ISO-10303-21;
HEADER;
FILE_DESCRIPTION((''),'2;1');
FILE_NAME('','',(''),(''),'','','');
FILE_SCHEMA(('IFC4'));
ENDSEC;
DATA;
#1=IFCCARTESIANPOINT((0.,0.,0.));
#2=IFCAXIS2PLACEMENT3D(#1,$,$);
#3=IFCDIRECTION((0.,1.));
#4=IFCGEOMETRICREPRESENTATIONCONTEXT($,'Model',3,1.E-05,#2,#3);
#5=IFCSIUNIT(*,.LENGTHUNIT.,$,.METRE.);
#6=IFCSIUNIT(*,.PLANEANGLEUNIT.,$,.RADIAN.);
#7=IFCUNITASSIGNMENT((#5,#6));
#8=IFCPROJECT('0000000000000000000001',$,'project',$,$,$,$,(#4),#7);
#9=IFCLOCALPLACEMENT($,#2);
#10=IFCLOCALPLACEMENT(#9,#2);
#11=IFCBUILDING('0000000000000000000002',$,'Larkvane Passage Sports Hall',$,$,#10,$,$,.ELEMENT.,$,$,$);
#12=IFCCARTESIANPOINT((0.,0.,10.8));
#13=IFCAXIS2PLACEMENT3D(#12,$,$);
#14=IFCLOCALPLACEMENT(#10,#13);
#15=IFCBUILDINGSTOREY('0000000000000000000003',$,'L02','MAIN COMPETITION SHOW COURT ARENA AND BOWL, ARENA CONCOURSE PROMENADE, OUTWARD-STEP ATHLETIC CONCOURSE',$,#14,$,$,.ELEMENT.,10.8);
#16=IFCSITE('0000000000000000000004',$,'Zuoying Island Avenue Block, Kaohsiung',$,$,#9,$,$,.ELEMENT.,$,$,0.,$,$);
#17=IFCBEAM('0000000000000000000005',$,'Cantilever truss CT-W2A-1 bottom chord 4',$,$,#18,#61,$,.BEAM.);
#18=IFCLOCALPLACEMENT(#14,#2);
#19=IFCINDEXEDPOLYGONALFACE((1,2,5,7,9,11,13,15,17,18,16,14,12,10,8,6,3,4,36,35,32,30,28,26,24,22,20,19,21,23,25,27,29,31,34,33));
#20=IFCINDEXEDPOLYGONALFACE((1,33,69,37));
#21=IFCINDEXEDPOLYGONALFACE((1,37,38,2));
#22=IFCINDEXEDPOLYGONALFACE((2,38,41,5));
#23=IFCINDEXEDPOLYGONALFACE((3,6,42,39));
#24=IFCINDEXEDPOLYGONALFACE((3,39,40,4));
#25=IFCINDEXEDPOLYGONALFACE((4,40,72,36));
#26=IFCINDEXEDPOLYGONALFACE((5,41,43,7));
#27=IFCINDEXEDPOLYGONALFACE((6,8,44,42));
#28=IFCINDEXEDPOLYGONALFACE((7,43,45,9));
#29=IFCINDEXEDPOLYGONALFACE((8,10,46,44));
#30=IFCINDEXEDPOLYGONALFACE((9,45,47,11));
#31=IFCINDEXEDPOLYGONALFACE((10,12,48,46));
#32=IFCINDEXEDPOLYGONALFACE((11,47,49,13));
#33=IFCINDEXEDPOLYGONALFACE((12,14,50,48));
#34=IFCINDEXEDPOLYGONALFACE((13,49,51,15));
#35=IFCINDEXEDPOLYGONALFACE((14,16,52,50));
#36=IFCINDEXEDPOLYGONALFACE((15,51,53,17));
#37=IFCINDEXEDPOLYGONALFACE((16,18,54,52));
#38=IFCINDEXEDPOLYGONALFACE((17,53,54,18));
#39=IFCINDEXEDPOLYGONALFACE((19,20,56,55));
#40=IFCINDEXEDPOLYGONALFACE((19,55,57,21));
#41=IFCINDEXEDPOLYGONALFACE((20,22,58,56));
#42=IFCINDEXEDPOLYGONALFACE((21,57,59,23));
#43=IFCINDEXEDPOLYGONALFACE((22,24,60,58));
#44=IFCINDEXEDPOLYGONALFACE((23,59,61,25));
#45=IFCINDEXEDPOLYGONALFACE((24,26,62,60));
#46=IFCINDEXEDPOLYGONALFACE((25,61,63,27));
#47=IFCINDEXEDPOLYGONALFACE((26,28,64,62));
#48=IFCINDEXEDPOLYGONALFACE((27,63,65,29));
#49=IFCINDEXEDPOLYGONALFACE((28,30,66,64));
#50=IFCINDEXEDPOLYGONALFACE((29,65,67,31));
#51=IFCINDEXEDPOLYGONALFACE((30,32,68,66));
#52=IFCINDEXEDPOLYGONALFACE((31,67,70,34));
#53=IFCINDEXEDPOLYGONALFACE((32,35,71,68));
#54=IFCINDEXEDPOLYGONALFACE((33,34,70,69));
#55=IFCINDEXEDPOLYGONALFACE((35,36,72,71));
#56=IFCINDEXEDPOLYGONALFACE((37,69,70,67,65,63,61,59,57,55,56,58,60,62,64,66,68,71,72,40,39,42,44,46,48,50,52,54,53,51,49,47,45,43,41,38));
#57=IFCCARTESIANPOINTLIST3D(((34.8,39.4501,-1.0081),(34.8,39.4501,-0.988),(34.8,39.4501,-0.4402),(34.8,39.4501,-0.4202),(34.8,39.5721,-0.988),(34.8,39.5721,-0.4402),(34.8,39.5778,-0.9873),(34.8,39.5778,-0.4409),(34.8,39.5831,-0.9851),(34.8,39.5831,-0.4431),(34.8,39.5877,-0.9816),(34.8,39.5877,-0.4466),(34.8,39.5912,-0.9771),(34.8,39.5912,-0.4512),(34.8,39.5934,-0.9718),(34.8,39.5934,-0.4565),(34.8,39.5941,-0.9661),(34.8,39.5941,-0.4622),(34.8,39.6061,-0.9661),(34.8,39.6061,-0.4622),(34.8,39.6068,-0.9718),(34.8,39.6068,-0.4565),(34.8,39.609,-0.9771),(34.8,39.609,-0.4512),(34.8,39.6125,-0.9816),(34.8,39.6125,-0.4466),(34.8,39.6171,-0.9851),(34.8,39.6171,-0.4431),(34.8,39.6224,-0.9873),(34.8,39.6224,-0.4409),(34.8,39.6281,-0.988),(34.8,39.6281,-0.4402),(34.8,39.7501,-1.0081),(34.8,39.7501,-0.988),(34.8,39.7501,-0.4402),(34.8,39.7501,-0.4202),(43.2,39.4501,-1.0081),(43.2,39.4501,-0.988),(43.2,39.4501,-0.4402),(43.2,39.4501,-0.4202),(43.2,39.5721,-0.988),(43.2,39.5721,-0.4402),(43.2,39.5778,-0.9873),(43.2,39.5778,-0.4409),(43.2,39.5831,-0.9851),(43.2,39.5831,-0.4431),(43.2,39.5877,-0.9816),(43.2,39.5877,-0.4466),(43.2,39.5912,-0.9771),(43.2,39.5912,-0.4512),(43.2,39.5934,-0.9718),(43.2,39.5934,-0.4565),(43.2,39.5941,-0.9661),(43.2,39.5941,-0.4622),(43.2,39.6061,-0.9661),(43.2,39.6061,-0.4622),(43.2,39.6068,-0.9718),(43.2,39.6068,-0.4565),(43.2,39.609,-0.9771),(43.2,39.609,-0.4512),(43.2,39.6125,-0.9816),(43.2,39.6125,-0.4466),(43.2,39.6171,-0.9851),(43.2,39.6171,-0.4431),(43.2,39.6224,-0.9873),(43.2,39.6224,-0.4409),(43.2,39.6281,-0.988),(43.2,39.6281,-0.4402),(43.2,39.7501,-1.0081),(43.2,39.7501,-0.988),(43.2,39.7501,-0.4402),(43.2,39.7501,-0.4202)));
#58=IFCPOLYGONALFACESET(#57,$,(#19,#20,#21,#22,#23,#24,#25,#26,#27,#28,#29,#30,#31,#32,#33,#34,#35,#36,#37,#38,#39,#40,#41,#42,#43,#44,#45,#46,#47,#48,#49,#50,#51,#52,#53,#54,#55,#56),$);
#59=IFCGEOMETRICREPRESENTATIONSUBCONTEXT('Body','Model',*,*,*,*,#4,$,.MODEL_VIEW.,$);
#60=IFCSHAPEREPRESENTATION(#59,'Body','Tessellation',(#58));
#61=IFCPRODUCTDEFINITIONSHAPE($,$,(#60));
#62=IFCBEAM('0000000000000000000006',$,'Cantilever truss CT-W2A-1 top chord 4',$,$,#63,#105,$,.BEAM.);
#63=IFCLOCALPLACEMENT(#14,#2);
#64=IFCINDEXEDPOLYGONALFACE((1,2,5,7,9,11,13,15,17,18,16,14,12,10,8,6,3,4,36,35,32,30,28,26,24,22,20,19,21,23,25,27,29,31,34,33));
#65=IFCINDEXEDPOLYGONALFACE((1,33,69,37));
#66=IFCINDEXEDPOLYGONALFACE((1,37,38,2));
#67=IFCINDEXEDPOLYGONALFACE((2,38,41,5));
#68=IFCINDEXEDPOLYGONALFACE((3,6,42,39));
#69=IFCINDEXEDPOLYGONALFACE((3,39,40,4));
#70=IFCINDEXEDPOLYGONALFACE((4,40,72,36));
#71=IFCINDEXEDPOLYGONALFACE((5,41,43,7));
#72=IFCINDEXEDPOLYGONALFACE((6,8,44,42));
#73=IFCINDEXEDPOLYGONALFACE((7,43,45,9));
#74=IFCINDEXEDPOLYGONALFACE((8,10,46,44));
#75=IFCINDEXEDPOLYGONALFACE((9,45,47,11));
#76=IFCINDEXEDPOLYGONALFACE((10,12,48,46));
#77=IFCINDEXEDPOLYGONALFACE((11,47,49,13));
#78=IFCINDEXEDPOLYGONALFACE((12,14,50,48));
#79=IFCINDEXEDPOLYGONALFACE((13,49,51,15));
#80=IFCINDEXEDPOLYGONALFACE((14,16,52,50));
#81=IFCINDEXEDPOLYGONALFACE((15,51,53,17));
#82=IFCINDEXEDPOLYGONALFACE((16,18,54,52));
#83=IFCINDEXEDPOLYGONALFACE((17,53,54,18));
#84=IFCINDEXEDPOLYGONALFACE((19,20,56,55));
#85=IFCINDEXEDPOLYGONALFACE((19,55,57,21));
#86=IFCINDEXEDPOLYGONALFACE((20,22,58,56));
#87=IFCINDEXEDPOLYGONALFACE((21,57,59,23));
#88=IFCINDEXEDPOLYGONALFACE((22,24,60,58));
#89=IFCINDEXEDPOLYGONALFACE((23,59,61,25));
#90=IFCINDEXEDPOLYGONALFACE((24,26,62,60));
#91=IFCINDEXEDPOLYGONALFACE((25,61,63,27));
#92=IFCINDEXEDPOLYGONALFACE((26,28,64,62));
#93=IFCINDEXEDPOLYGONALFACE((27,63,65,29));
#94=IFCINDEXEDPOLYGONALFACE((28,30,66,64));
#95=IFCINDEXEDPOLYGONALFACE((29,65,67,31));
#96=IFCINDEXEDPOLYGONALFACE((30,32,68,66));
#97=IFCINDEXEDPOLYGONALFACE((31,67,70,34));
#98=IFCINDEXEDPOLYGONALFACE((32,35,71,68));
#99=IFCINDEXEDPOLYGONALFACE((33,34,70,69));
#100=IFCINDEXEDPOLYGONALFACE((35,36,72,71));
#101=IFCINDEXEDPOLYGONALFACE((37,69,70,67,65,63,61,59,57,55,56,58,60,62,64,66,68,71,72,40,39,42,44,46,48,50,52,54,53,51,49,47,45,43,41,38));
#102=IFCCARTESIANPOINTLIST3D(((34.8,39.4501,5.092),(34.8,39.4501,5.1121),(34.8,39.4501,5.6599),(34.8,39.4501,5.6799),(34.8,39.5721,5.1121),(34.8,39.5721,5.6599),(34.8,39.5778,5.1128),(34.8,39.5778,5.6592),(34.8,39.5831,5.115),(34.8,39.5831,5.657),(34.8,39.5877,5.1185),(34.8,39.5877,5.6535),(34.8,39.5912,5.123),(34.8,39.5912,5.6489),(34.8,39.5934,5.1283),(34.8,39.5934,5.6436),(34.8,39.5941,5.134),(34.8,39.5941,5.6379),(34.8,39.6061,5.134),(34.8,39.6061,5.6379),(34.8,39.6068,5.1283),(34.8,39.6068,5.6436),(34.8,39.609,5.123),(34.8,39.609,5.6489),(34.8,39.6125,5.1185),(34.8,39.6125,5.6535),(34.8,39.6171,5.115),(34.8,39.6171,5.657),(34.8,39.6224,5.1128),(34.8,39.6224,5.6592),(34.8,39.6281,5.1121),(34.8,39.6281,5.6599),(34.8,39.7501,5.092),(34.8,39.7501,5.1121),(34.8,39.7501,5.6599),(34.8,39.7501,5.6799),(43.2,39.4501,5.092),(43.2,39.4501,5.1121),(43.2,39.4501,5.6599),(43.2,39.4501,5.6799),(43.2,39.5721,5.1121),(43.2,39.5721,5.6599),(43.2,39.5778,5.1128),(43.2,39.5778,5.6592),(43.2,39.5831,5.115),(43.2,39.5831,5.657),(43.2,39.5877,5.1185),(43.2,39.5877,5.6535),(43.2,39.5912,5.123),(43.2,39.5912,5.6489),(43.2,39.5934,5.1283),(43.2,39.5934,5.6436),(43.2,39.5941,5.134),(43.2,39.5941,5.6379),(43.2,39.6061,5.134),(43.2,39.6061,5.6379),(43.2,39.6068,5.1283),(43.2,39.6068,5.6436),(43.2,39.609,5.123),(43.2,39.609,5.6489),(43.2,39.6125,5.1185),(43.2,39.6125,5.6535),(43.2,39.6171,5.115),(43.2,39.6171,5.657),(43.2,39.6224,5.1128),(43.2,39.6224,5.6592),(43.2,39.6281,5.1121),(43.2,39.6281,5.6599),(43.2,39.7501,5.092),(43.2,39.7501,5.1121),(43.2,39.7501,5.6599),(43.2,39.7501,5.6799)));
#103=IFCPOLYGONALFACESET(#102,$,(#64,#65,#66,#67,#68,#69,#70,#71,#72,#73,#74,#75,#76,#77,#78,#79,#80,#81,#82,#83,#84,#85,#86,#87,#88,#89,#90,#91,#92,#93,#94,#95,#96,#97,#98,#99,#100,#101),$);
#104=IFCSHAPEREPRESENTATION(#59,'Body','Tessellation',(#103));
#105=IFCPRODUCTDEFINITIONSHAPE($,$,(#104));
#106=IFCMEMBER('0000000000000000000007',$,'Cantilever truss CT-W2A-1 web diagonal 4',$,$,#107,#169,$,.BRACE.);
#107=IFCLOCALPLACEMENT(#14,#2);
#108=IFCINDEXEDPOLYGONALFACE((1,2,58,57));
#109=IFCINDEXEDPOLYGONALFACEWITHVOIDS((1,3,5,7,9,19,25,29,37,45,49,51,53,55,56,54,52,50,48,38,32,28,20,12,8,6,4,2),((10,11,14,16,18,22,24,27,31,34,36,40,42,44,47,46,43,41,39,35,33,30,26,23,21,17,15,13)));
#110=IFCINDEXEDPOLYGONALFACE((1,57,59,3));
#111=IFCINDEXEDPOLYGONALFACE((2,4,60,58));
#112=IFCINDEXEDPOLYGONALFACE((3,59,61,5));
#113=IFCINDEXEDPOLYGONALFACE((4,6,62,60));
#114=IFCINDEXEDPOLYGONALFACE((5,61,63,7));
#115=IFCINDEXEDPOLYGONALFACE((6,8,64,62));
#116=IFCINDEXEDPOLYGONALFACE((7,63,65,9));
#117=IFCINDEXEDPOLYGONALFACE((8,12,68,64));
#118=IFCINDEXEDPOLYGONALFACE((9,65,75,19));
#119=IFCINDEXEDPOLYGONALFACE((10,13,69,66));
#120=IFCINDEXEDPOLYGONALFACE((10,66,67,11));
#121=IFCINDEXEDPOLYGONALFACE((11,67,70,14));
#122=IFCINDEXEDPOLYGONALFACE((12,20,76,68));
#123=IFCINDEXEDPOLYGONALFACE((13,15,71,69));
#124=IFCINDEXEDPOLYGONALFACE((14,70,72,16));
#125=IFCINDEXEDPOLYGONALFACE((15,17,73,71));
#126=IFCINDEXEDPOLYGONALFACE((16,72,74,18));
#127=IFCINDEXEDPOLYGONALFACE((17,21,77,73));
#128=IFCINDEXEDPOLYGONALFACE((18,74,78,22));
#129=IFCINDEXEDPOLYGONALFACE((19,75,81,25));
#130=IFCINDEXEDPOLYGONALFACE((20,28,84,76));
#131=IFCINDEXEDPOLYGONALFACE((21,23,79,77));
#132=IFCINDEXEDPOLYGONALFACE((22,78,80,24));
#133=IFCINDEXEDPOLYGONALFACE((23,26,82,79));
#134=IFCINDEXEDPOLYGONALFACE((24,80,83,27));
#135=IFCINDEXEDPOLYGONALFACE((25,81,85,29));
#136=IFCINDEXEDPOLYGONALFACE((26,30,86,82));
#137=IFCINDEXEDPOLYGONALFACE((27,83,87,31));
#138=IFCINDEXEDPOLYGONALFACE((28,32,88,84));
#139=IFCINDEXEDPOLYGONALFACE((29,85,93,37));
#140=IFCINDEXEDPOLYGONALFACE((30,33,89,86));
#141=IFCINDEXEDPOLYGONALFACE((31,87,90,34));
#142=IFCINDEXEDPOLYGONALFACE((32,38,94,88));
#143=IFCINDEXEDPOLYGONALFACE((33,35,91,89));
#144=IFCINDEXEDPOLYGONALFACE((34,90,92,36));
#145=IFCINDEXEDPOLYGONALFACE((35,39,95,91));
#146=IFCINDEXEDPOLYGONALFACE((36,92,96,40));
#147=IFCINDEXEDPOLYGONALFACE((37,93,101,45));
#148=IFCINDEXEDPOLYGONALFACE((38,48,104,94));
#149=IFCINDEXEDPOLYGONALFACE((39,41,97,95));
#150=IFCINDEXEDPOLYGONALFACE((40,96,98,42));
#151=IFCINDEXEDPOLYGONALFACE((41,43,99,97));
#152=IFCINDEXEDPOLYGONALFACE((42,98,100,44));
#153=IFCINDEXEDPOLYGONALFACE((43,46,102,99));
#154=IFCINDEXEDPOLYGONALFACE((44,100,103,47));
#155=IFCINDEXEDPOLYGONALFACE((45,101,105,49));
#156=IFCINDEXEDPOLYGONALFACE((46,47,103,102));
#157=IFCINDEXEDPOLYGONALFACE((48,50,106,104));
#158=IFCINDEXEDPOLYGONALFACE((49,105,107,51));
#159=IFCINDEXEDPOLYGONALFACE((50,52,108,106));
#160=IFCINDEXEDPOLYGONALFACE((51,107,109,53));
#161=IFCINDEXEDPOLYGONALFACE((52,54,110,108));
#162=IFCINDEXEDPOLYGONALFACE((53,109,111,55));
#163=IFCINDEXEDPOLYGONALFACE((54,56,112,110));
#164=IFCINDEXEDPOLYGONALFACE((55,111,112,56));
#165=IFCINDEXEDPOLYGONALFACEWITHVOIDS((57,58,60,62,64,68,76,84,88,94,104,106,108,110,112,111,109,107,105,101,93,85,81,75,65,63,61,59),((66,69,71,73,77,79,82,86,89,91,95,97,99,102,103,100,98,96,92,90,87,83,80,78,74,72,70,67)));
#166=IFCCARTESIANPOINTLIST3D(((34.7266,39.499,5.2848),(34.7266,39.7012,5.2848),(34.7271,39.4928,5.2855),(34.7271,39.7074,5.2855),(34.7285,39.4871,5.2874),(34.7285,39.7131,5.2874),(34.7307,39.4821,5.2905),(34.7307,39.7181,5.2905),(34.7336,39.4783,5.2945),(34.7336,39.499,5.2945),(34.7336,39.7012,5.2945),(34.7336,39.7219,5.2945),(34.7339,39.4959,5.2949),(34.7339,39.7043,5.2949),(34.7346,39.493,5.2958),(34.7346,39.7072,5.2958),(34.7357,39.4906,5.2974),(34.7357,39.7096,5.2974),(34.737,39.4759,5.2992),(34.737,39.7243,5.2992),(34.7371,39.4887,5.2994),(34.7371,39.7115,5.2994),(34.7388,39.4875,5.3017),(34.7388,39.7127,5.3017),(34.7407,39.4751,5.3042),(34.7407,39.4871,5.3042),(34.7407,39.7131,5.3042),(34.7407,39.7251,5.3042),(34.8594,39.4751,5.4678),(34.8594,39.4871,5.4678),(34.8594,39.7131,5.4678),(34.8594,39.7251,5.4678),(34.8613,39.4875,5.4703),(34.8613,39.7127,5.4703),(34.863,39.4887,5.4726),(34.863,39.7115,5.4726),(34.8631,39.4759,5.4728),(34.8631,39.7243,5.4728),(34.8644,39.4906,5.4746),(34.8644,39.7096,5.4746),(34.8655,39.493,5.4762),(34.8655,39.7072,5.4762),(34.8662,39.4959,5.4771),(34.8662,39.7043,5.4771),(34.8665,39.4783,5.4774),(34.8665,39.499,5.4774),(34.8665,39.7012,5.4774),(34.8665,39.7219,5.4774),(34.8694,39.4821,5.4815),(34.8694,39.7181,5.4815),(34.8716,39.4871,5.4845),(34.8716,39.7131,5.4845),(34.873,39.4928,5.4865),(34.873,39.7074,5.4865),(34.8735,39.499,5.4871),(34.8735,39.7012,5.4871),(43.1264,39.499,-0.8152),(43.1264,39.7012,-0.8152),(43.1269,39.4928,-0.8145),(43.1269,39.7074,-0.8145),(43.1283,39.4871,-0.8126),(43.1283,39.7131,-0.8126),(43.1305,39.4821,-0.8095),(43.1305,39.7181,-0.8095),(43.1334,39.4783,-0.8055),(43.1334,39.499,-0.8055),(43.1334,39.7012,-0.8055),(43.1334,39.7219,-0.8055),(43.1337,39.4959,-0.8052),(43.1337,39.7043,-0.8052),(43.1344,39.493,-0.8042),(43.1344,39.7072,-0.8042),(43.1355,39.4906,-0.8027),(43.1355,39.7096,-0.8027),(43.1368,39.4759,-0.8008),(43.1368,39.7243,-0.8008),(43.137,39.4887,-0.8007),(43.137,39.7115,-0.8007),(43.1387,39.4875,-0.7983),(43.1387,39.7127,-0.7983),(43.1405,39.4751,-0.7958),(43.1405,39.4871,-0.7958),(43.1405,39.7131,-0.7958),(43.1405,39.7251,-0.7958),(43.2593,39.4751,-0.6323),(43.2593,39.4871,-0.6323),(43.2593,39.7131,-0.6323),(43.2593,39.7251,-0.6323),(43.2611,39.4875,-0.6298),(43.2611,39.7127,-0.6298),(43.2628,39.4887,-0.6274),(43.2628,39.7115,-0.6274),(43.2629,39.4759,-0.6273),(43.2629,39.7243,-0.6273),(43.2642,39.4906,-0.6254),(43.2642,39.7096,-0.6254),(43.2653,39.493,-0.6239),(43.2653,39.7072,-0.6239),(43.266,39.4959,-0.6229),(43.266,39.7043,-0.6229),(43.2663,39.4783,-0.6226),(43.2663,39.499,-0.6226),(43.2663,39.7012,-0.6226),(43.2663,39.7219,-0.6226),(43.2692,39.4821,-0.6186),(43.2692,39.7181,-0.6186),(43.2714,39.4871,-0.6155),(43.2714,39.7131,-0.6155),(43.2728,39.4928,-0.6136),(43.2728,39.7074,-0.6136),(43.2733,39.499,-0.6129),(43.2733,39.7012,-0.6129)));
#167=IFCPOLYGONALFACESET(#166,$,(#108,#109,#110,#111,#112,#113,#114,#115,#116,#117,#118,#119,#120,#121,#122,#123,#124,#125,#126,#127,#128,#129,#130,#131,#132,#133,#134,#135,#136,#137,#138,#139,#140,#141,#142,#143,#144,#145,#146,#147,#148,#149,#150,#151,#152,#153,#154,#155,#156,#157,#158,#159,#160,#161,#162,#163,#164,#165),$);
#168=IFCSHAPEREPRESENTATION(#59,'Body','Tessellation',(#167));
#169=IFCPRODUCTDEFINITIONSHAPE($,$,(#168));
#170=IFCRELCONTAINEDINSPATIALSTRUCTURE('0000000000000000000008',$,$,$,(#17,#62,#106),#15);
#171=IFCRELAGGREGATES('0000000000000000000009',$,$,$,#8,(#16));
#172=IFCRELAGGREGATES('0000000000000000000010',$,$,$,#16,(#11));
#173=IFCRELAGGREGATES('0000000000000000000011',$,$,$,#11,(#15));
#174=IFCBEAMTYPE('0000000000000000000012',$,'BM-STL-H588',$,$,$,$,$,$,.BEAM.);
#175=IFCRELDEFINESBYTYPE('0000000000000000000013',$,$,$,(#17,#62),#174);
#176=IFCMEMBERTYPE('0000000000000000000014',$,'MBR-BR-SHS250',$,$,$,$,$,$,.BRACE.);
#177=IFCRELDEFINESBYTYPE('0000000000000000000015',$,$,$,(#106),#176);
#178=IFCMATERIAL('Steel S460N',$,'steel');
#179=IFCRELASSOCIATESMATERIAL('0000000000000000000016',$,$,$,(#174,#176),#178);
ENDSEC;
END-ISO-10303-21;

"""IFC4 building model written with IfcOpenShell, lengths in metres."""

from ifc_helpers import new_model, si_unit, direction, frame, origin, origin_2d, place, context, subcontext, project, spatial, hollow_rectangle, i_section, extrude, material, material_profile, profile_set, type_object, element, save


model = new_model("IFC4")

# Units and contexts
model_context = context("Model", 3, precision=1e-05, world=origin(), true_north=direction((0.0, 1.0)))
body_context = subcontext(model_context, "Body", "Model", "MODEL_VIEW")
ifc_project = project(units=[si_unit("LENGTHUNIT", "METRE"), si_unit("PLANEANGLEUNIT", "RADIAN")], contexts=[model_context])

# Site, building, storey
site_placement = place(None, origin())
site = spatial("IfcSite", under=ifc_project, at=site_placement, Name="Zuoying Island Avenue Block, Kaohsiung", CompositionType="ELEMENT", RefElevation=0.0)
building_placement = place(site_placement, origin())
building = spatial("IfcBuilding", under=site, at=building_placement, Name="Larkvane Passage Sports Hall", CompositionType="ELEMENT")
storey_placement = place(building_placement, frame((0.0, 0.0, 10.8)))
storey = spatial("IfcBuildingStorey", under=building, at=storey_placement, Name="L02", Description="MAIN COMPETITION SHOW COURT ARENA AND BOWL, ARENA CONCOURSE PROMENADE, OUTWARD-STEP ATHLETIC CONCOURSE", CompositionType="ELEMENT", Elevation=10.8)

# Beams
ifc_material_1 = material(Name="Steel S460N", Category="steel")
ifc_material_profile_1 = material_profile(ifc_material_1, i_section(OverallWidth=0.3, OverallDepth=0.5879, WebThickness=0.012, FlangeThickness=0.02, FilletRadius=0.022, at=origin_2d()), Name="H-588x300x12x20")
ifc_profile_set_1 = profile_set([ifc_material_profile_1], Name="Steel S460N")
beam_type = type_object("IfcBeamType", Name="BM-STL-H588", PredefinedType="BEAM", material=ifc_profile_set_1)
for number, where, z_axis, x_axis, name in (
    (1, (34.8, 39.6001, -0.7141), (1.0, 0.0, 0.0), (0.0, 1.0, 0.0), "Cantilever truss CT-W2A-1 bottom chord 4"),
    (2, (34.8, 39.6001, 5.386), (1.0, 0.0, 0.0), (0.0, 1.0, 0.0), "Cantilever truss CT-W2A-1 top chord 4"),
):
    element("IfcBeam", number, at=place(storey_placement, frame(where, z_axis=z_axis, x_axis=x_axis)), inside=storey, type_object=beam_type, Name=name, PredefinedType="BEAM", context=body_context, shape_type="SweptSolid", body=[
        extrude(i_section(OverallWidth=0.3, OverallDepth=0.5879, WebThickness=0.012, FlangeThickness=0.02, FilletRadius=0.022, at=origin_2d()), origin(), (0.0, 0.0, 1.0), 8.3999),
    ])

# Member
ifc_material_profile_2 = material_profile(ifc_material_1, hollow_rectangle(XDim=0.25, YDim=0.25, WallThickness=0.012, InnerFilletRadius=0.012, OuterFilletRadius=0.0239, at=origin_2d()), Name="SHS-250x250x12")
ifc_profile_set_2 = profile_set([ifc_material_profile_2], Name="Steel S460N")
member_type_1 = type_object("IfcMemberType", Name="MBR-BR-SHS250", PredefinedType="BRACE", material=ifc_profile_set_2)
member_1_placement = place(storey_placement, frame((34.8, 39.6001, 5.386), z_axis=(0.809145, 0.0, -0.587609), x_axis=(0.0, 1.0, 0.0)))
element("IfcMember", 3, at=member_1_placement, inside=storey, type_object=member_type_1, Name="Cantilever truss CT-W2A-1 web diagonal 4", PredefinedType="BRACE", context=body_context, shape_type="SweptSolid", body=[
    extrude(hollow_rectangle(XDim=0.25, YDim=0.25, WallThickness=0.012, InnerFilletRadius=0.012, OuterFilletRadius=0.0239, at=origin_2d()), origin(), (0.0, 0.0, 1.0), 10.3811),
])

save(model, "model.ifc")
